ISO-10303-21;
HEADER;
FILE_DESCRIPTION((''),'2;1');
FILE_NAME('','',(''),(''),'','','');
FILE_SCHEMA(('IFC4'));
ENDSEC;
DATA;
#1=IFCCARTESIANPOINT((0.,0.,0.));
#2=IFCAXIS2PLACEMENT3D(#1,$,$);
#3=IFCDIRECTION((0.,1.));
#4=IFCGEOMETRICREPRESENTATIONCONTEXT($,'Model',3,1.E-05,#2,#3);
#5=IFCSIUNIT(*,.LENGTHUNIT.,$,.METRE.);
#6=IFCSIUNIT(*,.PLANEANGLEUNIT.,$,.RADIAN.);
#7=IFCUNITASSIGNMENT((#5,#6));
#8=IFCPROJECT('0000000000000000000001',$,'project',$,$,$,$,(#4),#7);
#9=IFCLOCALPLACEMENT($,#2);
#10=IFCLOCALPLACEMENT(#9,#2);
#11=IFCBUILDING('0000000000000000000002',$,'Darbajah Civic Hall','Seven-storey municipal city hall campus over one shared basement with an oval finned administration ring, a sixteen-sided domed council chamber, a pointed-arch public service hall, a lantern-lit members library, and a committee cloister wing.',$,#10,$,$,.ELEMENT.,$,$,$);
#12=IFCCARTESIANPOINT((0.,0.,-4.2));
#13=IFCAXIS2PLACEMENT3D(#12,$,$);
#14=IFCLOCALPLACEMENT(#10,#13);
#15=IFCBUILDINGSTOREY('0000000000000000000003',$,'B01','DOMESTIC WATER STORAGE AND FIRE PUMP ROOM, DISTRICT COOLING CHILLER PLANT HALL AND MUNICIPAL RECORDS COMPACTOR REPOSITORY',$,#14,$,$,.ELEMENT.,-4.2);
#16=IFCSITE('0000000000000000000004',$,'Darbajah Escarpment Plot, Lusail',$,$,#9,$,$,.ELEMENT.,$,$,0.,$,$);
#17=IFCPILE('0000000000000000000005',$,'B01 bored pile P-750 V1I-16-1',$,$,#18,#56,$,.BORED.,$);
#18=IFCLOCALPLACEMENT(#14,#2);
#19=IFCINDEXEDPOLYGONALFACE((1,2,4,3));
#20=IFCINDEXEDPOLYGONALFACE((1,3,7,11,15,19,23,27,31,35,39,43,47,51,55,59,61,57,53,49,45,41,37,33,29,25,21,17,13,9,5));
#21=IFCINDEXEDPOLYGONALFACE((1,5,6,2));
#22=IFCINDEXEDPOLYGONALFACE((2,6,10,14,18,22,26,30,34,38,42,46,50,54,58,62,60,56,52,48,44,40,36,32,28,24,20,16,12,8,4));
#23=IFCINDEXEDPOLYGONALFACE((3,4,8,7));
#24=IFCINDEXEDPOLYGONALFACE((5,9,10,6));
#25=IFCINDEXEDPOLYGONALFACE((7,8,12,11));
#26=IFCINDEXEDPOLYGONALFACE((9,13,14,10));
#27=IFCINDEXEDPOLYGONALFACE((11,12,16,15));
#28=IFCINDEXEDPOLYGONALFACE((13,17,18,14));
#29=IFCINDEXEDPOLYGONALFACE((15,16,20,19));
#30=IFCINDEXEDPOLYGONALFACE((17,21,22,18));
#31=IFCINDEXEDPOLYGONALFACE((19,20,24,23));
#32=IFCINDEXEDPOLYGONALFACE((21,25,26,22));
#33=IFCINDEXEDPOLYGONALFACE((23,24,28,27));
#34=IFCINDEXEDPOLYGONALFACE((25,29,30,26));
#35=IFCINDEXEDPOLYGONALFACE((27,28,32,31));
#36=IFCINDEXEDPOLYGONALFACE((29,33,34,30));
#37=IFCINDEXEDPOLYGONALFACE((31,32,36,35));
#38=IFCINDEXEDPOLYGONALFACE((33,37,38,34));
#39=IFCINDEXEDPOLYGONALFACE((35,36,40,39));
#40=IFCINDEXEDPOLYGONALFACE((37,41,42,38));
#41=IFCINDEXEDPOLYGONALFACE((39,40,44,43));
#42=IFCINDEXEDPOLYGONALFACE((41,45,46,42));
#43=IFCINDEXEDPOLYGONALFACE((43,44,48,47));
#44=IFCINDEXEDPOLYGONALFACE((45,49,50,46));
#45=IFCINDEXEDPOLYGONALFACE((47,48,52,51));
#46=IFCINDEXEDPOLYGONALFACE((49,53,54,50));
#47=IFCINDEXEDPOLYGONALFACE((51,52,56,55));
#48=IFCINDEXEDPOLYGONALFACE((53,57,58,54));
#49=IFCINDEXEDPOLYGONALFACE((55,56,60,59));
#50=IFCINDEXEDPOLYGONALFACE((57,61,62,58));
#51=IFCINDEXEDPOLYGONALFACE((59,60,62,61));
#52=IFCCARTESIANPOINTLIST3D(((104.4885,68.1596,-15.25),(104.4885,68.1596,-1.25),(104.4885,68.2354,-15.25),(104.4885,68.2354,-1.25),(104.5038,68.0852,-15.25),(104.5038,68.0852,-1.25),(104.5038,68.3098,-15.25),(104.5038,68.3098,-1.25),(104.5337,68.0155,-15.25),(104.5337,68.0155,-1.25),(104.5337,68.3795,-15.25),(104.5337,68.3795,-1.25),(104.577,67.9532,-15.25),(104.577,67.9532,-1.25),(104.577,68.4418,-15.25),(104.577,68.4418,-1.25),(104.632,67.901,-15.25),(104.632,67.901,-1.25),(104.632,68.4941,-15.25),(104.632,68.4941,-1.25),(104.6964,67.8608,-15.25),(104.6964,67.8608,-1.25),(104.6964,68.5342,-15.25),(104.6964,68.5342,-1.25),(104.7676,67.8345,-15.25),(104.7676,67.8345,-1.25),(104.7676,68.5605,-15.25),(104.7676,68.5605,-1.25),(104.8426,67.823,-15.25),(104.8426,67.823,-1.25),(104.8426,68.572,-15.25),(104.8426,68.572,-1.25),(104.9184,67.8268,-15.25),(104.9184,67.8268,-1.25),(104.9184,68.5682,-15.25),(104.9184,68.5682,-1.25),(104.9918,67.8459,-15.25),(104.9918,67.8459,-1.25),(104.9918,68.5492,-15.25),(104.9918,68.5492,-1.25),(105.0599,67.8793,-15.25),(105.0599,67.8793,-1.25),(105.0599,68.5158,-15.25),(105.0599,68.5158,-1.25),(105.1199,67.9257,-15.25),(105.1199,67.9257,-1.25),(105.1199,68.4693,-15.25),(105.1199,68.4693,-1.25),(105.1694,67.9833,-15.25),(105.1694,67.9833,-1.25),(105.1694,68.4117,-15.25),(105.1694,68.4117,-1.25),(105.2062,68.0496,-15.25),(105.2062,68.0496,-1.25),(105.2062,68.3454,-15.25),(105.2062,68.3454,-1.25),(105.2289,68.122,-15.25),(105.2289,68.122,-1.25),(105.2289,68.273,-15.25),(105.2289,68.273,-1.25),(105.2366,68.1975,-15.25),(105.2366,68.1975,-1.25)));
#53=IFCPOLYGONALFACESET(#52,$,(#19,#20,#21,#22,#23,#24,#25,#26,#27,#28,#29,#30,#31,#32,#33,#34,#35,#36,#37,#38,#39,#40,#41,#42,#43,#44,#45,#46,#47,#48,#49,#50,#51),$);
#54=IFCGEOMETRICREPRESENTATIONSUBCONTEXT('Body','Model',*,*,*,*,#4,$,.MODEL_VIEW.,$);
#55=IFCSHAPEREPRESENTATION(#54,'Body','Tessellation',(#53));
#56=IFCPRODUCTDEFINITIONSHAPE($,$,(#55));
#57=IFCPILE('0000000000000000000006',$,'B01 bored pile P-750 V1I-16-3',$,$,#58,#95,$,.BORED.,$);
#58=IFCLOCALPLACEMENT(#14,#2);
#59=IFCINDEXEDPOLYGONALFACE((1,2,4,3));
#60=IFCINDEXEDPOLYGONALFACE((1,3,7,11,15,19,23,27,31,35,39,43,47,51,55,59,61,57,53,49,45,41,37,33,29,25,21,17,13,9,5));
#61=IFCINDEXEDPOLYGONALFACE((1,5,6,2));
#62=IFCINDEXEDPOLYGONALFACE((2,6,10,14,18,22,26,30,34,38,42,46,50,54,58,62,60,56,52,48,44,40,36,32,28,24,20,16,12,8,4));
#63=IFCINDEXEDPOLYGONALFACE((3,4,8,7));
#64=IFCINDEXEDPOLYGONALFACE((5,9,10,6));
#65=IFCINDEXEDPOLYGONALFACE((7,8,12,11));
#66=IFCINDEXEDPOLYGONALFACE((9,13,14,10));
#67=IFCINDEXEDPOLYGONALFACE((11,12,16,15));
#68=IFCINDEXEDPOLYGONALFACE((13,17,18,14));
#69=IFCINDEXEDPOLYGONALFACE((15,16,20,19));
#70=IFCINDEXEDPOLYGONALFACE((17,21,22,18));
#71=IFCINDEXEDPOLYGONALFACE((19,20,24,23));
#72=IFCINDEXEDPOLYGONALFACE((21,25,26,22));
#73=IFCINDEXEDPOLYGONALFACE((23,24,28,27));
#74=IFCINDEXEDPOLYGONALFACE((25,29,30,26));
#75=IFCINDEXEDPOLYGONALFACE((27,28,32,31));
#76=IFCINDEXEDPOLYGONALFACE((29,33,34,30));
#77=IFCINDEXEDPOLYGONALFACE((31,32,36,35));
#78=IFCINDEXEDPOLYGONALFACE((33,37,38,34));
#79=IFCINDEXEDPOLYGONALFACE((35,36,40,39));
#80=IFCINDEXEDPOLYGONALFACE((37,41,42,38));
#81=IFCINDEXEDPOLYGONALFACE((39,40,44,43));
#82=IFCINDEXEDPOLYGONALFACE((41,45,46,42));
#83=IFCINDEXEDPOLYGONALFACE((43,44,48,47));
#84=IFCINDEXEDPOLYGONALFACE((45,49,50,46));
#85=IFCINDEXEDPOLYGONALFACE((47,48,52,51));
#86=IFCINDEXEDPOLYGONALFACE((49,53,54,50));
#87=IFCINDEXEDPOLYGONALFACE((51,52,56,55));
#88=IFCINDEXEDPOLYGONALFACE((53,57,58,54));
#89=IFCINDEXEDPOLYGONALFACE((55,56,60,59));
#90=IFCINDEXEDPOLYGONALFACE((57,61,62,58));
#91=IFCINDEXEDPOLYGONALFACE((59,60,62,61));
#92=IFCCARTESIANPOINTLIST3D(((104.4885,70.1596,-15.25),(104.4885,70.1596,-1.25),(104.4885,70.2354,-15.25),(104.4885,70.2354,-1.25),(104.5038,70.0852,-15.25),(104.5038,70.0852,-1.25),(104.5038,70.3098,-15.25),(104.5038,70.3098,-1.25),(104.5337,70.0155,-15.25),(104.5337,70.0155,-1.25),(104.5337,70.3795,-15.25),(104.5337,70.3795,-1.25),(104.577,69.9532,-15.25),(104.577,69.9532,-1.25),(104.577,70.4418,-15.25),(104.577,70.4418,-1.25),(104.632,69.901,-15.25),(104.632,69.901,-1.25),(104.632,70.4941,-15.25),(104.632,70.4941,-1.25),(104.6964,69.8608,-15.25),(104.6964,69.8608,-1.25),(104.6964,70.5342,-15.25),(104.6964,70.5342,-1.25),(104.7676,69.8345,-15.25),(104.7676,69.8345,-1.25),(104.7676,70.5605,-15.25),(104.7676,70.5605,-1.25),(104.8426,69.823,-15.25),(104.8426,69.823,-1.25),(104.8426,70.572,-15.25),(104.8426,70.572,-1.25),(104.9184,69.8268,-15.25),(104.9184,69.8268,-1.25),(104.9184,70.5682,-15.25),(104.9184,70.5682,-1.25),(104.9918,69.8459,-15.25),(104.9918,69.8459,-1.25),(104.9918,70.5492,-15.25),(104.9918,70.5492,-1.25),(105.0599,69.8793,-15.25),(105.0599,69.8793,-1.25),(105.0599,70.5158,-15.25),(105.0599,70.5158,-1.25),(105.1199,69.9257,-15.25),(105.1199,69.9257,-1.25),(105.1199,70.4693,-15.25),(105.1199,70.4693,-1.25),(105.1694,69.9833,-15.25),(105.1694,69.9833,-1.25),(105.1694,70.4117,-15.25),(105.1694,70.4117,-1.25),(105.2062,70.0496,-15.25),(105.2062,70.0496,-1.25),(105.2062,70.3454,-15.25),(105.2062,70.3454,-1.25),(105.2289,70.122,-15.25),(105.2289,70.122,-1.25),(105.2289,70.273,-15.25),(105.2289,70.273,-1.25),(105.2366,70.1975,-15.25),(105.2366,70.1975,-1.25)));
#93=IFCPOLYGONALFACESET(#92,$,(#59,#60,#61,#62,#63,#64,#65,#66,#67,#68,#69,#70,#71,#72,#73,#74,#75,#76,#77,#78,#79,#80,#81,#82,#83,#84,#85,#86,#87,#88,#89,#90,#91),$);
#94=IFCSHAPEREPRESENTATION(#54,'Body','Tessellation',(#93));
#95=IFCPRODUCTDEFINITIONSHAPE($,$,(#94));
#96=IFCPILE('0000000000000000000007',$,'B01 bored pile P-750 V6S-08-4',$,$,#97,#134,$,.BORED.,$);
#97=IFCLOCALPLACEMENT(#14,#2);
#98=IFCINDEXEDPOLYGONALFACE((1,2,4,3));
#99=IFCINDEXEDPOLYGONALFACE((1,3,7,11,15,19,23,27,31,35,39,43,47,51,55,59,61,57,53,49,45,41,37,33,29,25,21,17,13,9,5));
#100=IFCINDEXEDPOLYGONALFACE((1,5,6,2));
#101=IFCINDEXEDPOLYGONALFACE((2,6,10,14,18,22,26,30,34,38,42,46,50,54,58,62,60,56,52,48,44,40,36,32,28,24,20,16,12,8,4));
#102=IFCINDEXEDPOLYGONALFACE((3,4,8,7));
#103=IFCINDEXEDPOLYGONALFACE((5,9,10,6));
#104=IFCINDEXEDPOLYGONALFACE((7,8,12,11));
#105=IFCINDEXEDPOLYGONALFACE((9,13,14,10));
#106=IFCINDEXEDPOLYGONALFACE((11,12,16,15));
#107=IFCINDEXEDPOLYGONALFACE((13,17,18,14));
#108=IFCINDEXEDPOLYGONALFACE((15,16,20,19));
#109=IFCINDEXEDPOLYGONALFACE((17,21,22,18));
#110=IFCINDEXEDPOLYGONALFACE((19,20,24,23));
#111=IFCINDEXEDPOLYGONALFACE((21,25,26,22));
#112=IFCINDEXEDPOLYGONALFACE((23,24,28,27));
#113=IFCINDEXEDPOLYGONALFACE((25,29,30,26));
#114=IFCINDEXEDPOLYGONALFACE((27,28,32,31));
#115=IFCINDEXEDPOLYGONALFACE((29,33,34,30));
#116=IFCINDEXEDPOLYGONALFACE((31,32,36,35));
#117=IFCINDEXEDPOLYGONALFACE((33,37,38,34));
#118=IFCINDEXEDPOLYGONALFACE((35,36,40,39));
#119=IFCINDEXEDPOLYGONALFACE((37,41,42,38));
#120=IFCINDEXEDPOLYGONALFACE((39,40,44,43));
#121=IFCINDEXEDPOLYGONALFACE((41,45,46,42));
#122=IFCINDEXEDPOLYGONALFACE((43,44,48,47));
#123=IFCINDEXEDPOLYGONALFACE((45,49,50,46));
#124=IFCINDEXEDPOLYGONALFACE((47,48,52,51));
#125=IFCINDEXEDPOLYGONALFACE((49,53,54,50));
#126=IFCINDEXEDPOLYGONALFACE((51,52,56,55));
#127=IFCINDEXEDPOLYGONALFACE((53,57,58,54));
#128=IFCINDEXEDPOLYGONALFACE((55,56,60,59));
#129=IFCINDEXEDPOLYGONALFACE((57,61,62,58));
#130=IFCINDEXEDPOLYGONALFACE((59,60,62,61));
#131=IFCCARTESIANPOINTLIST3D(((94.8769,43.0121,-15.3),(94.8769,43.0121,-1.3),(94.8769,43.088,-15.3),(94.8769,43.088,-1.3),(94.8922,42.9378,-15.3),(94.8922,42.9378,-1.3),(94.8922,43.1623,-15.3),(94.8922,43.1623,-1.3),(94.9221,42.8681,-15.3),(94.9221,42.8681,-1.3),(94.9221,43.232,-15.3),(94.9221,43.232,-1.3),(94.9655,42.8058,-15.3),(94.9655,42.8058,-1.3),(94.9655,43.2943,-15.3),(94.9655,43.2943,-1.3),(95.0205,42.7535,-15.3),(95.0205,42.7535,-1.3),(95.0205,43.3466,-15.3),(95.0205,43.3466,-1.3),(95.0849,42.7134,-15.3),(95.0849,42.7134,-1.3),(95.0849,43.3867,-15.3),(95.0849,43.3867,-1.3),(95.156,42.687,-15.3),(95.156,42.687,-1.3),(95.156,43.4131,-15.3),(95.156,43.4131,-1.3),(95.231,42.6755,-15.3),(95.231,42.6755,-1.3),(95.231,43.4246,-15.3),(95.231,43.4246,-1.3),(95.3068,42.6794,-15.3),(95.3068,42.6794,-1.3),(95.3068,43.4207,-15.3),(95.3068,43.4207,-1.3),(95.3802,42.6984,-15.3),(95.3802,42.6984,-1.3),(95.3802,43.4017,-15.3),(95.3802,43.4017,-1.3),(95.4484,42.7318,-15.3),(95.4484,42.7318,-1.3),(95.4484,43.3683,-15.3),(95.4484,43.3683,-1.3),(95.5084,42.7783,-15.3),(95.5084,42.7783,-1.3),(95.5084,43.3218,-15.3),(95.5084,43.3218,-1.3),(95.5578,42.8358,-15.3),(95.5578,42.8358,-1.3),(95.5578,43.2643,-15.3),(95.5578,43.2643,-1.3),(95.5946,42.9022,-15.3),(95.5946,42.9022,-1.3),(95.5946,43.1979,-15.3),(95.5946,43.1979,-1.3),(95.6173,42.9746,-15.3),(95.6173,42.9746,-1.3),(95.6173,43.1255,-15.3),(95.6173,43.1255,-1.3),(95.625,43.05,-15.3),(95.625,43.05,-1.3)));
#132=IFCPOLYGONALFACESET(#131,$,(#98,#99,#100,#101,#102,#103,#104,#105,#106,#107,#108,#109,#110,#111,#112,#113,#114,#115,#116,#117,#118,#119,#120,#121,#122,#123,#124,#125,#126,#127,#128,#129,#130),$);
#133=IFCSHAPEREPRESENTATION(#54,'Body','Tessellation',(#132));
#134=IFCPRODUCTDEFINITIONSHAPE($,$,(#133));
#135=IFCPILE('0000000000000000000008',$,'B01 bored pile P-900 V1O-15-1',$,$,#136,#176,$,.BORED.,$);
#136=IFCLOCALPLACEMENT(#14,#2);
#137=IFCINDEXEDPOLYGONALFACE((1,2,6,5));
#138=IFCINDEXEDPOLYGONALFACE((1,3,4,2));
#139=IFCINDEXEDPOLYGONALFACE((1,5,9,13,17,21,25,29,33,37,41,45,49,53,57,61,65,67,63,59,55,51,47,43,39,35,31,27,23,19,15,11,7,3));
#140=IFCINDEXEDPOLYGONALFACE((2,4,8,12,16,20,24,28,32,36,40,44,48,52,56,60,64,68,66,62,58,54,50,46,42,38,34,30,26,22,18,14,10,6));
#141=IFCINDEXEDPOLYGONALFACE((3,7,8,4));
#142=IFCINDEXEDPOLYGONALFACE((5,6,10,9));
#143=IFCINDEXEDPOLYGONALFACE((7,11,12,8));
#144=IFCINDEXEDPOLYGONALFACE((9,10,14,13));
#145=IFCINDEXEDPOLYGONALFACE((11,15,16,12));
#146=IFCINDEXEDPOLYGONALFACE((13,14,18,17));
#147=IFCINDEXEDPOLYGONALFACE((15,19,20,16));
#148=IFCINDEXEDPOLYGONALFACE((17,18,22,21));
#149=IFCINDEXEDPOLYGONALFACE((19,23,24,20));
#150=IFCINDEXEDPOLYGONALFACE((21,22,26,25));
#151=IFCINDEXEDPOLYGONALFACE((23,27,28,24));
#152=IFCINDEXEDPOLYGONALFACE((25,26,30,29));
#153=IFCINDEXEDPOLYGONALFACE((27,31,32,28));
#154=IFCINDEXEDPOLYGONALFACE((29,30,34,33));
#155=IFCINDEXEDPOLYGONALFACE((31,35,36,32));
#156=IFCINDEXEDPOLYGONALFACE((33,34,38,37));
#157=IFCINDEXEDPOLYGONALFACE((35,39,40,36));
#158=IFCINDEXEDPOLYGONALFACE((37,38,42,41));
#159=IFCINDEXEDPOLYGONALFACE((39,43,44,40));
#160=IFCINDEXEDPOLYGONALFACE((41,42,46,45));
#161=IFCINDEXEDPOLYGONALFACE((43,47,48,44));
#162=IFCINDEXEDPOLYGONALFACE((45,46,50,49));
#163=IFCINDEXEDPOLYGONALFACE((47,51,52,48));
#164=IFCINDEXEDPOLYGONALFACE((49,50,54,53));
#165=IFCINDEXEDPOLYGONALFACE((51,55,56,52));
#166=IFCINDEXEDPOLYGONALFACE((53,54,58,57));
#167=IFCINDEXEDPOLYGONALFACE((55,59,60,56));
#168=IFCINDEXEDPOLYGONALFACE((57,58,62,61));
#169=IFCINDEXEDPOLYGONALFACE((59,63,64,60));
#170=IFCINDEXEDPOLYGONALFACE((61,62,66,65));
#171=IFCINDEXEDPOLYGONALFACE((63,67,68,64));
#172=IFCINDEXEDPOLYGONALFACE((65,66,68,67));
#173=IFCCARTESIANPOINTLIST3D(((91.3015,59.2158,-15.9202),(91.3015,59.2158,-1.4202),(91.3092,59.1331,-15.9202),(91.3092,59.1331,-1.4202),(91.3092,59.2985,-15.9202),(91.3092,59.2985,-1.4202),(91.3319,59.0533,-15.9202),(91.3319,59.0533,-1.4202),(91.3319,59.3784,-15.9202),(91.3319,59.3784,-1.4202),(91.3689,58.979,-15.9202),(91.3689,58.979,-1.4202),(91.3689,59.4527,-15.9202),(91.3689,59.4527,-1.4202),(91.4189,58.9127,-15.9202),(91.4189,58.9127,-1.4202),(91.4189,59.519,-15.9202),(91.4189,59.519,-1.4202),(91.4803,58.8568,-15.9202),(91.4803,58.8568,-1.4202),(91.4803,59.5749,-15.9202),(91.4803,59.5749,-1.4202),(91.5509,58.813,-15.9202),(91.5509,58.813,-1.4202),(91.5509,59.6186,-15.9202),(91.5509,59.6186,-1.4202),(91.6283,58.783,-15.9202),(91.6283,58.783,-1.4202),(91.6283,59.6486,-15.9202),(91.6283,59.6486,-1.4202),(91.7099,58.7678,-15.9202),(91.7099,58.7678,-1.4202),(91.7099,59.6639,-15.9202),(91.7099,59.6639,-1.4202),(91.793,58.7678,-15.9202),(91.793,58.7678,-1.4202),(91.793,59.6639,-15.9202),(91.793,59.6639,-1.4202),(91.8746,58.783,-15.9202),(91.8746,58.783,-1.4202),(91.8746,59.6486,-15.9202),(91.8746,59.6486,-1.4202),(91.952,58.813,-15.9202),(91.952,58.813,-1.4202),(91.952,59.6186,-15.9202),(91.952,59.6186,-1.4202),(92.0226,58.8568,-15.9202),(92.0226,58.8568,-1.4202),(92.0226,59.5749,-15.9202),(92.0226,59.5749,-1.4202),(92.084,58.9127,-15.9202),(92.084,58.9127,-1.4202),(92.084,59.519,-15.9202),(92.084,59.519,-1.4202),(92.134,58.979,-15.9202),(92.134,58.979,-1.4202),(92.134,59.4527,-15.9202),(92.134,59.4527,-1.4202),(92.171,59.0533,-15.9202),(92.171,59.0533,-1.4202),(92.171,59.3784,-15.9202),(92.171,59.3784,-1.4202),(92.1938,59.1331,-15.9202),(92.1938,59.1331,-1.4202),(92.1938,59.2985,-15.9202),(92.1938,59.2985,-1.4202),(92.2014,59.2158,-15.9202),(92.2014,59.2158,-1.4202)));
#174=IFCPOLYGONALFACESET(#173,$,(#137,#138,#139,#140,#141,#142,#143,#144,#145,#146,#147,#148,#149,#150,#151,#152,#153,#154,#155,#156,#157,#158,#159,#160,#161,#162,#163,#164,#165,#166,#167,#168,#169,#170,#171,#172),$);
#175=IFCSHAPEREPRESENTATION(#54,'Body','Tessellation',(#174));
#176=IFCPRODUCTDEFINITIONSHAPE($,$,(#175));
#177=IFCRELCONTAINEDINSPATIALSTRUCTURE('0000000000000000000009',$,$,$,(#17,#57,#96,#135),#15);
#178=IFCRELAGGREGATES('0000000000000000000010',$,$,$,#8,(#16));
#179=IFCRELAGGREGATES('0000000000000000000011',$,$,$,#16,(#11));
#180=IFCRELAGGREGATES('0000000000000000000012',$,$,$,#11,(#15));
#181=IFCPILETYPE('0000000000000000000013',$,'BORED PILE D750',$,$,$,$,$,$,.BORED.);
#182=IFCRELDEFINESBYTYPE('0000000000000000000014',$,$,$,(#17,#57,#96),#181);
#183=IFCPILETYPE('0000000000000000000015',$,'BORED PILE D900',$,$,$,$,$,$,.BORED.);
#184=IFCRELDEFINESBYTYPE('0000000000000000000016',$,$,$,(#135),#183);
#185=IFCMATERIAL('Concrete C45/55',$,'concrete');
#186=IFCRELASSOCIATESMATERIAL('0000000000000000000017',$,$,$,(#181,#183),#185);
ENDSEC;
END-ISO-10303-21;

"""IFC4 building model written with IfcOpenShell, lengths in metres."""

from ifc_helpers import new_model, si_unit, direction, frame, origin, origin_2d, place, context, subcontext, project, spatial, circle, extrude, material, material_profile, profile_set, type_object, element, save


model = new_model("IFC4")

# Units and contexts
model_context = context("Model", 3, precision=1e-05, world=origin(), true_north=direction((0.0, 1.0)))
body_context = subcontext(model_context, "Body", "Model", "MODEL_VIEW")
ifc_project = project(units=[si_unit("LENGTHUNIT", "METRE"), si_unit("PLANEANGLEUNIT", "RADIAN")], contexts=[model_context])

# Site, building, storey
site_placement = place(None, origin())
site = spatial("IfcSite", under=ifc_project, at=site_placement, Name="Darbajah Escarpment Plot, Lusail", CompositionType="ELEMENT", RefElevation=0.0)
building_placement = place(site_placement, origin())
building = spatial("IfcBuilding", under=site, at=building_placement, Name="Darbajah Civic Hall", Description="Seven-storey municipal city hall campus over one shared basement with an oval finned administration ring, a sixteen-sided domed council chamber, a pointed-arch public service hall, a lantern-lit members library, and a committee cloister wing.", CompositionType="ELEMENT")
storey_placement = place(building_placement, frame((0.0, 0.0, -4.2)))
storey = spatial("IfcBuildingStorey", under=building, at=storey_placement, Name="B01", Description="DOMESTIC WATER STORAGE AND FIRE PUMP ROOM, DISTRICT COOLING CHILLER PLANT HALL AND MUNICIPAL RECORDS COMPACTOR REPOSITORY", CompositionType="ELEMENT", Elevation=-4.2)

# Piles
ifc_material_1 = material(Name="Concrete C45/55", Category="concrete")
ifc_material_profile_1 = material_profile(ifc_material_1, circle(Radius=0.375, at=origin_2d()), Name="BORED PILE D750")
ifc_profile_set_1 = profile_set([ifc_material_profile_1], Name="Concrete C45/55")
pile_type_1 = type_object("IfcPileType", Name="BORED PILE D750", PredefinedType="BORED", material=ifc_profile_set_1)
for number, where, z_axis, x_axis, name in (
    (1, (104.8616, 68.1975, -1.25), (0.0, 0.0, -1.0), (1.0, 0.0, 0.0), "B01 bored pile P-750 V1I-16-1"),
    (2, (104.8616, 70.1975, -1.25), (0.0, 0.0, -1.0), (1.0, 0.0, 0.0), "B01 bored pile P-750 V1I-16-3"),
    (3, (95.25, 43.05, -1.3), (0.0, 0.0, -1.0), (1.0, 0.0, 0.0), "B01 bored pile P-750 V6S-08-4"),
):
    element("IfcPile", number, at=place(storey_placement, frame(where, z_axis=z_axis, x_axis=x_axis)), inside=storey, type_object=pile_type_1, Name=name, PredefinedType="BORED", context=body_context, shape_type="SweptSolid", body=[
        extrude(circle(Radius=0.375, at=origin_2d()), origin(), (0.0, 0.0, 1.0), 14.0),
    ])
ifc_material_profile_2 = material_profile(ifc_material_1, circle(Radius=0.45, at=origin_2d()), Name="BORED PILE D900")
ifc_profile_set_2 = profile_set([ifc_material_profile_2], Name="Concrete C45/55")
pile_type_2 = type_object("IfcPileType", Name="BORED PILE D900", PredefinedType="BORED", material=ifc_profile_set_2)
for number, where, z_axis, x_axis, name in (
    (4, (91.7515, 59.2158, -1.4202), (0.0, 0.0, -1.0), (1.0, 0.0, 0.0), "B01 bored pile P-900 V1O-15-1"),
):
    element("IfcPile", number, at=place(storey_placement, frame(where, z_axis=z_axis, x_axis=x_axis)), inside=storey, type_object=pile_type_2, Name=name, PredefinedType="BORED", context=body_context, shape_type="SweptSolid", body=[
        extrude(circle(Radius=0.45, at=origin_2d()), origin(), (0.0, 0.0, 1.0), 14.5),
    ])

save(model, "model.ifc")
